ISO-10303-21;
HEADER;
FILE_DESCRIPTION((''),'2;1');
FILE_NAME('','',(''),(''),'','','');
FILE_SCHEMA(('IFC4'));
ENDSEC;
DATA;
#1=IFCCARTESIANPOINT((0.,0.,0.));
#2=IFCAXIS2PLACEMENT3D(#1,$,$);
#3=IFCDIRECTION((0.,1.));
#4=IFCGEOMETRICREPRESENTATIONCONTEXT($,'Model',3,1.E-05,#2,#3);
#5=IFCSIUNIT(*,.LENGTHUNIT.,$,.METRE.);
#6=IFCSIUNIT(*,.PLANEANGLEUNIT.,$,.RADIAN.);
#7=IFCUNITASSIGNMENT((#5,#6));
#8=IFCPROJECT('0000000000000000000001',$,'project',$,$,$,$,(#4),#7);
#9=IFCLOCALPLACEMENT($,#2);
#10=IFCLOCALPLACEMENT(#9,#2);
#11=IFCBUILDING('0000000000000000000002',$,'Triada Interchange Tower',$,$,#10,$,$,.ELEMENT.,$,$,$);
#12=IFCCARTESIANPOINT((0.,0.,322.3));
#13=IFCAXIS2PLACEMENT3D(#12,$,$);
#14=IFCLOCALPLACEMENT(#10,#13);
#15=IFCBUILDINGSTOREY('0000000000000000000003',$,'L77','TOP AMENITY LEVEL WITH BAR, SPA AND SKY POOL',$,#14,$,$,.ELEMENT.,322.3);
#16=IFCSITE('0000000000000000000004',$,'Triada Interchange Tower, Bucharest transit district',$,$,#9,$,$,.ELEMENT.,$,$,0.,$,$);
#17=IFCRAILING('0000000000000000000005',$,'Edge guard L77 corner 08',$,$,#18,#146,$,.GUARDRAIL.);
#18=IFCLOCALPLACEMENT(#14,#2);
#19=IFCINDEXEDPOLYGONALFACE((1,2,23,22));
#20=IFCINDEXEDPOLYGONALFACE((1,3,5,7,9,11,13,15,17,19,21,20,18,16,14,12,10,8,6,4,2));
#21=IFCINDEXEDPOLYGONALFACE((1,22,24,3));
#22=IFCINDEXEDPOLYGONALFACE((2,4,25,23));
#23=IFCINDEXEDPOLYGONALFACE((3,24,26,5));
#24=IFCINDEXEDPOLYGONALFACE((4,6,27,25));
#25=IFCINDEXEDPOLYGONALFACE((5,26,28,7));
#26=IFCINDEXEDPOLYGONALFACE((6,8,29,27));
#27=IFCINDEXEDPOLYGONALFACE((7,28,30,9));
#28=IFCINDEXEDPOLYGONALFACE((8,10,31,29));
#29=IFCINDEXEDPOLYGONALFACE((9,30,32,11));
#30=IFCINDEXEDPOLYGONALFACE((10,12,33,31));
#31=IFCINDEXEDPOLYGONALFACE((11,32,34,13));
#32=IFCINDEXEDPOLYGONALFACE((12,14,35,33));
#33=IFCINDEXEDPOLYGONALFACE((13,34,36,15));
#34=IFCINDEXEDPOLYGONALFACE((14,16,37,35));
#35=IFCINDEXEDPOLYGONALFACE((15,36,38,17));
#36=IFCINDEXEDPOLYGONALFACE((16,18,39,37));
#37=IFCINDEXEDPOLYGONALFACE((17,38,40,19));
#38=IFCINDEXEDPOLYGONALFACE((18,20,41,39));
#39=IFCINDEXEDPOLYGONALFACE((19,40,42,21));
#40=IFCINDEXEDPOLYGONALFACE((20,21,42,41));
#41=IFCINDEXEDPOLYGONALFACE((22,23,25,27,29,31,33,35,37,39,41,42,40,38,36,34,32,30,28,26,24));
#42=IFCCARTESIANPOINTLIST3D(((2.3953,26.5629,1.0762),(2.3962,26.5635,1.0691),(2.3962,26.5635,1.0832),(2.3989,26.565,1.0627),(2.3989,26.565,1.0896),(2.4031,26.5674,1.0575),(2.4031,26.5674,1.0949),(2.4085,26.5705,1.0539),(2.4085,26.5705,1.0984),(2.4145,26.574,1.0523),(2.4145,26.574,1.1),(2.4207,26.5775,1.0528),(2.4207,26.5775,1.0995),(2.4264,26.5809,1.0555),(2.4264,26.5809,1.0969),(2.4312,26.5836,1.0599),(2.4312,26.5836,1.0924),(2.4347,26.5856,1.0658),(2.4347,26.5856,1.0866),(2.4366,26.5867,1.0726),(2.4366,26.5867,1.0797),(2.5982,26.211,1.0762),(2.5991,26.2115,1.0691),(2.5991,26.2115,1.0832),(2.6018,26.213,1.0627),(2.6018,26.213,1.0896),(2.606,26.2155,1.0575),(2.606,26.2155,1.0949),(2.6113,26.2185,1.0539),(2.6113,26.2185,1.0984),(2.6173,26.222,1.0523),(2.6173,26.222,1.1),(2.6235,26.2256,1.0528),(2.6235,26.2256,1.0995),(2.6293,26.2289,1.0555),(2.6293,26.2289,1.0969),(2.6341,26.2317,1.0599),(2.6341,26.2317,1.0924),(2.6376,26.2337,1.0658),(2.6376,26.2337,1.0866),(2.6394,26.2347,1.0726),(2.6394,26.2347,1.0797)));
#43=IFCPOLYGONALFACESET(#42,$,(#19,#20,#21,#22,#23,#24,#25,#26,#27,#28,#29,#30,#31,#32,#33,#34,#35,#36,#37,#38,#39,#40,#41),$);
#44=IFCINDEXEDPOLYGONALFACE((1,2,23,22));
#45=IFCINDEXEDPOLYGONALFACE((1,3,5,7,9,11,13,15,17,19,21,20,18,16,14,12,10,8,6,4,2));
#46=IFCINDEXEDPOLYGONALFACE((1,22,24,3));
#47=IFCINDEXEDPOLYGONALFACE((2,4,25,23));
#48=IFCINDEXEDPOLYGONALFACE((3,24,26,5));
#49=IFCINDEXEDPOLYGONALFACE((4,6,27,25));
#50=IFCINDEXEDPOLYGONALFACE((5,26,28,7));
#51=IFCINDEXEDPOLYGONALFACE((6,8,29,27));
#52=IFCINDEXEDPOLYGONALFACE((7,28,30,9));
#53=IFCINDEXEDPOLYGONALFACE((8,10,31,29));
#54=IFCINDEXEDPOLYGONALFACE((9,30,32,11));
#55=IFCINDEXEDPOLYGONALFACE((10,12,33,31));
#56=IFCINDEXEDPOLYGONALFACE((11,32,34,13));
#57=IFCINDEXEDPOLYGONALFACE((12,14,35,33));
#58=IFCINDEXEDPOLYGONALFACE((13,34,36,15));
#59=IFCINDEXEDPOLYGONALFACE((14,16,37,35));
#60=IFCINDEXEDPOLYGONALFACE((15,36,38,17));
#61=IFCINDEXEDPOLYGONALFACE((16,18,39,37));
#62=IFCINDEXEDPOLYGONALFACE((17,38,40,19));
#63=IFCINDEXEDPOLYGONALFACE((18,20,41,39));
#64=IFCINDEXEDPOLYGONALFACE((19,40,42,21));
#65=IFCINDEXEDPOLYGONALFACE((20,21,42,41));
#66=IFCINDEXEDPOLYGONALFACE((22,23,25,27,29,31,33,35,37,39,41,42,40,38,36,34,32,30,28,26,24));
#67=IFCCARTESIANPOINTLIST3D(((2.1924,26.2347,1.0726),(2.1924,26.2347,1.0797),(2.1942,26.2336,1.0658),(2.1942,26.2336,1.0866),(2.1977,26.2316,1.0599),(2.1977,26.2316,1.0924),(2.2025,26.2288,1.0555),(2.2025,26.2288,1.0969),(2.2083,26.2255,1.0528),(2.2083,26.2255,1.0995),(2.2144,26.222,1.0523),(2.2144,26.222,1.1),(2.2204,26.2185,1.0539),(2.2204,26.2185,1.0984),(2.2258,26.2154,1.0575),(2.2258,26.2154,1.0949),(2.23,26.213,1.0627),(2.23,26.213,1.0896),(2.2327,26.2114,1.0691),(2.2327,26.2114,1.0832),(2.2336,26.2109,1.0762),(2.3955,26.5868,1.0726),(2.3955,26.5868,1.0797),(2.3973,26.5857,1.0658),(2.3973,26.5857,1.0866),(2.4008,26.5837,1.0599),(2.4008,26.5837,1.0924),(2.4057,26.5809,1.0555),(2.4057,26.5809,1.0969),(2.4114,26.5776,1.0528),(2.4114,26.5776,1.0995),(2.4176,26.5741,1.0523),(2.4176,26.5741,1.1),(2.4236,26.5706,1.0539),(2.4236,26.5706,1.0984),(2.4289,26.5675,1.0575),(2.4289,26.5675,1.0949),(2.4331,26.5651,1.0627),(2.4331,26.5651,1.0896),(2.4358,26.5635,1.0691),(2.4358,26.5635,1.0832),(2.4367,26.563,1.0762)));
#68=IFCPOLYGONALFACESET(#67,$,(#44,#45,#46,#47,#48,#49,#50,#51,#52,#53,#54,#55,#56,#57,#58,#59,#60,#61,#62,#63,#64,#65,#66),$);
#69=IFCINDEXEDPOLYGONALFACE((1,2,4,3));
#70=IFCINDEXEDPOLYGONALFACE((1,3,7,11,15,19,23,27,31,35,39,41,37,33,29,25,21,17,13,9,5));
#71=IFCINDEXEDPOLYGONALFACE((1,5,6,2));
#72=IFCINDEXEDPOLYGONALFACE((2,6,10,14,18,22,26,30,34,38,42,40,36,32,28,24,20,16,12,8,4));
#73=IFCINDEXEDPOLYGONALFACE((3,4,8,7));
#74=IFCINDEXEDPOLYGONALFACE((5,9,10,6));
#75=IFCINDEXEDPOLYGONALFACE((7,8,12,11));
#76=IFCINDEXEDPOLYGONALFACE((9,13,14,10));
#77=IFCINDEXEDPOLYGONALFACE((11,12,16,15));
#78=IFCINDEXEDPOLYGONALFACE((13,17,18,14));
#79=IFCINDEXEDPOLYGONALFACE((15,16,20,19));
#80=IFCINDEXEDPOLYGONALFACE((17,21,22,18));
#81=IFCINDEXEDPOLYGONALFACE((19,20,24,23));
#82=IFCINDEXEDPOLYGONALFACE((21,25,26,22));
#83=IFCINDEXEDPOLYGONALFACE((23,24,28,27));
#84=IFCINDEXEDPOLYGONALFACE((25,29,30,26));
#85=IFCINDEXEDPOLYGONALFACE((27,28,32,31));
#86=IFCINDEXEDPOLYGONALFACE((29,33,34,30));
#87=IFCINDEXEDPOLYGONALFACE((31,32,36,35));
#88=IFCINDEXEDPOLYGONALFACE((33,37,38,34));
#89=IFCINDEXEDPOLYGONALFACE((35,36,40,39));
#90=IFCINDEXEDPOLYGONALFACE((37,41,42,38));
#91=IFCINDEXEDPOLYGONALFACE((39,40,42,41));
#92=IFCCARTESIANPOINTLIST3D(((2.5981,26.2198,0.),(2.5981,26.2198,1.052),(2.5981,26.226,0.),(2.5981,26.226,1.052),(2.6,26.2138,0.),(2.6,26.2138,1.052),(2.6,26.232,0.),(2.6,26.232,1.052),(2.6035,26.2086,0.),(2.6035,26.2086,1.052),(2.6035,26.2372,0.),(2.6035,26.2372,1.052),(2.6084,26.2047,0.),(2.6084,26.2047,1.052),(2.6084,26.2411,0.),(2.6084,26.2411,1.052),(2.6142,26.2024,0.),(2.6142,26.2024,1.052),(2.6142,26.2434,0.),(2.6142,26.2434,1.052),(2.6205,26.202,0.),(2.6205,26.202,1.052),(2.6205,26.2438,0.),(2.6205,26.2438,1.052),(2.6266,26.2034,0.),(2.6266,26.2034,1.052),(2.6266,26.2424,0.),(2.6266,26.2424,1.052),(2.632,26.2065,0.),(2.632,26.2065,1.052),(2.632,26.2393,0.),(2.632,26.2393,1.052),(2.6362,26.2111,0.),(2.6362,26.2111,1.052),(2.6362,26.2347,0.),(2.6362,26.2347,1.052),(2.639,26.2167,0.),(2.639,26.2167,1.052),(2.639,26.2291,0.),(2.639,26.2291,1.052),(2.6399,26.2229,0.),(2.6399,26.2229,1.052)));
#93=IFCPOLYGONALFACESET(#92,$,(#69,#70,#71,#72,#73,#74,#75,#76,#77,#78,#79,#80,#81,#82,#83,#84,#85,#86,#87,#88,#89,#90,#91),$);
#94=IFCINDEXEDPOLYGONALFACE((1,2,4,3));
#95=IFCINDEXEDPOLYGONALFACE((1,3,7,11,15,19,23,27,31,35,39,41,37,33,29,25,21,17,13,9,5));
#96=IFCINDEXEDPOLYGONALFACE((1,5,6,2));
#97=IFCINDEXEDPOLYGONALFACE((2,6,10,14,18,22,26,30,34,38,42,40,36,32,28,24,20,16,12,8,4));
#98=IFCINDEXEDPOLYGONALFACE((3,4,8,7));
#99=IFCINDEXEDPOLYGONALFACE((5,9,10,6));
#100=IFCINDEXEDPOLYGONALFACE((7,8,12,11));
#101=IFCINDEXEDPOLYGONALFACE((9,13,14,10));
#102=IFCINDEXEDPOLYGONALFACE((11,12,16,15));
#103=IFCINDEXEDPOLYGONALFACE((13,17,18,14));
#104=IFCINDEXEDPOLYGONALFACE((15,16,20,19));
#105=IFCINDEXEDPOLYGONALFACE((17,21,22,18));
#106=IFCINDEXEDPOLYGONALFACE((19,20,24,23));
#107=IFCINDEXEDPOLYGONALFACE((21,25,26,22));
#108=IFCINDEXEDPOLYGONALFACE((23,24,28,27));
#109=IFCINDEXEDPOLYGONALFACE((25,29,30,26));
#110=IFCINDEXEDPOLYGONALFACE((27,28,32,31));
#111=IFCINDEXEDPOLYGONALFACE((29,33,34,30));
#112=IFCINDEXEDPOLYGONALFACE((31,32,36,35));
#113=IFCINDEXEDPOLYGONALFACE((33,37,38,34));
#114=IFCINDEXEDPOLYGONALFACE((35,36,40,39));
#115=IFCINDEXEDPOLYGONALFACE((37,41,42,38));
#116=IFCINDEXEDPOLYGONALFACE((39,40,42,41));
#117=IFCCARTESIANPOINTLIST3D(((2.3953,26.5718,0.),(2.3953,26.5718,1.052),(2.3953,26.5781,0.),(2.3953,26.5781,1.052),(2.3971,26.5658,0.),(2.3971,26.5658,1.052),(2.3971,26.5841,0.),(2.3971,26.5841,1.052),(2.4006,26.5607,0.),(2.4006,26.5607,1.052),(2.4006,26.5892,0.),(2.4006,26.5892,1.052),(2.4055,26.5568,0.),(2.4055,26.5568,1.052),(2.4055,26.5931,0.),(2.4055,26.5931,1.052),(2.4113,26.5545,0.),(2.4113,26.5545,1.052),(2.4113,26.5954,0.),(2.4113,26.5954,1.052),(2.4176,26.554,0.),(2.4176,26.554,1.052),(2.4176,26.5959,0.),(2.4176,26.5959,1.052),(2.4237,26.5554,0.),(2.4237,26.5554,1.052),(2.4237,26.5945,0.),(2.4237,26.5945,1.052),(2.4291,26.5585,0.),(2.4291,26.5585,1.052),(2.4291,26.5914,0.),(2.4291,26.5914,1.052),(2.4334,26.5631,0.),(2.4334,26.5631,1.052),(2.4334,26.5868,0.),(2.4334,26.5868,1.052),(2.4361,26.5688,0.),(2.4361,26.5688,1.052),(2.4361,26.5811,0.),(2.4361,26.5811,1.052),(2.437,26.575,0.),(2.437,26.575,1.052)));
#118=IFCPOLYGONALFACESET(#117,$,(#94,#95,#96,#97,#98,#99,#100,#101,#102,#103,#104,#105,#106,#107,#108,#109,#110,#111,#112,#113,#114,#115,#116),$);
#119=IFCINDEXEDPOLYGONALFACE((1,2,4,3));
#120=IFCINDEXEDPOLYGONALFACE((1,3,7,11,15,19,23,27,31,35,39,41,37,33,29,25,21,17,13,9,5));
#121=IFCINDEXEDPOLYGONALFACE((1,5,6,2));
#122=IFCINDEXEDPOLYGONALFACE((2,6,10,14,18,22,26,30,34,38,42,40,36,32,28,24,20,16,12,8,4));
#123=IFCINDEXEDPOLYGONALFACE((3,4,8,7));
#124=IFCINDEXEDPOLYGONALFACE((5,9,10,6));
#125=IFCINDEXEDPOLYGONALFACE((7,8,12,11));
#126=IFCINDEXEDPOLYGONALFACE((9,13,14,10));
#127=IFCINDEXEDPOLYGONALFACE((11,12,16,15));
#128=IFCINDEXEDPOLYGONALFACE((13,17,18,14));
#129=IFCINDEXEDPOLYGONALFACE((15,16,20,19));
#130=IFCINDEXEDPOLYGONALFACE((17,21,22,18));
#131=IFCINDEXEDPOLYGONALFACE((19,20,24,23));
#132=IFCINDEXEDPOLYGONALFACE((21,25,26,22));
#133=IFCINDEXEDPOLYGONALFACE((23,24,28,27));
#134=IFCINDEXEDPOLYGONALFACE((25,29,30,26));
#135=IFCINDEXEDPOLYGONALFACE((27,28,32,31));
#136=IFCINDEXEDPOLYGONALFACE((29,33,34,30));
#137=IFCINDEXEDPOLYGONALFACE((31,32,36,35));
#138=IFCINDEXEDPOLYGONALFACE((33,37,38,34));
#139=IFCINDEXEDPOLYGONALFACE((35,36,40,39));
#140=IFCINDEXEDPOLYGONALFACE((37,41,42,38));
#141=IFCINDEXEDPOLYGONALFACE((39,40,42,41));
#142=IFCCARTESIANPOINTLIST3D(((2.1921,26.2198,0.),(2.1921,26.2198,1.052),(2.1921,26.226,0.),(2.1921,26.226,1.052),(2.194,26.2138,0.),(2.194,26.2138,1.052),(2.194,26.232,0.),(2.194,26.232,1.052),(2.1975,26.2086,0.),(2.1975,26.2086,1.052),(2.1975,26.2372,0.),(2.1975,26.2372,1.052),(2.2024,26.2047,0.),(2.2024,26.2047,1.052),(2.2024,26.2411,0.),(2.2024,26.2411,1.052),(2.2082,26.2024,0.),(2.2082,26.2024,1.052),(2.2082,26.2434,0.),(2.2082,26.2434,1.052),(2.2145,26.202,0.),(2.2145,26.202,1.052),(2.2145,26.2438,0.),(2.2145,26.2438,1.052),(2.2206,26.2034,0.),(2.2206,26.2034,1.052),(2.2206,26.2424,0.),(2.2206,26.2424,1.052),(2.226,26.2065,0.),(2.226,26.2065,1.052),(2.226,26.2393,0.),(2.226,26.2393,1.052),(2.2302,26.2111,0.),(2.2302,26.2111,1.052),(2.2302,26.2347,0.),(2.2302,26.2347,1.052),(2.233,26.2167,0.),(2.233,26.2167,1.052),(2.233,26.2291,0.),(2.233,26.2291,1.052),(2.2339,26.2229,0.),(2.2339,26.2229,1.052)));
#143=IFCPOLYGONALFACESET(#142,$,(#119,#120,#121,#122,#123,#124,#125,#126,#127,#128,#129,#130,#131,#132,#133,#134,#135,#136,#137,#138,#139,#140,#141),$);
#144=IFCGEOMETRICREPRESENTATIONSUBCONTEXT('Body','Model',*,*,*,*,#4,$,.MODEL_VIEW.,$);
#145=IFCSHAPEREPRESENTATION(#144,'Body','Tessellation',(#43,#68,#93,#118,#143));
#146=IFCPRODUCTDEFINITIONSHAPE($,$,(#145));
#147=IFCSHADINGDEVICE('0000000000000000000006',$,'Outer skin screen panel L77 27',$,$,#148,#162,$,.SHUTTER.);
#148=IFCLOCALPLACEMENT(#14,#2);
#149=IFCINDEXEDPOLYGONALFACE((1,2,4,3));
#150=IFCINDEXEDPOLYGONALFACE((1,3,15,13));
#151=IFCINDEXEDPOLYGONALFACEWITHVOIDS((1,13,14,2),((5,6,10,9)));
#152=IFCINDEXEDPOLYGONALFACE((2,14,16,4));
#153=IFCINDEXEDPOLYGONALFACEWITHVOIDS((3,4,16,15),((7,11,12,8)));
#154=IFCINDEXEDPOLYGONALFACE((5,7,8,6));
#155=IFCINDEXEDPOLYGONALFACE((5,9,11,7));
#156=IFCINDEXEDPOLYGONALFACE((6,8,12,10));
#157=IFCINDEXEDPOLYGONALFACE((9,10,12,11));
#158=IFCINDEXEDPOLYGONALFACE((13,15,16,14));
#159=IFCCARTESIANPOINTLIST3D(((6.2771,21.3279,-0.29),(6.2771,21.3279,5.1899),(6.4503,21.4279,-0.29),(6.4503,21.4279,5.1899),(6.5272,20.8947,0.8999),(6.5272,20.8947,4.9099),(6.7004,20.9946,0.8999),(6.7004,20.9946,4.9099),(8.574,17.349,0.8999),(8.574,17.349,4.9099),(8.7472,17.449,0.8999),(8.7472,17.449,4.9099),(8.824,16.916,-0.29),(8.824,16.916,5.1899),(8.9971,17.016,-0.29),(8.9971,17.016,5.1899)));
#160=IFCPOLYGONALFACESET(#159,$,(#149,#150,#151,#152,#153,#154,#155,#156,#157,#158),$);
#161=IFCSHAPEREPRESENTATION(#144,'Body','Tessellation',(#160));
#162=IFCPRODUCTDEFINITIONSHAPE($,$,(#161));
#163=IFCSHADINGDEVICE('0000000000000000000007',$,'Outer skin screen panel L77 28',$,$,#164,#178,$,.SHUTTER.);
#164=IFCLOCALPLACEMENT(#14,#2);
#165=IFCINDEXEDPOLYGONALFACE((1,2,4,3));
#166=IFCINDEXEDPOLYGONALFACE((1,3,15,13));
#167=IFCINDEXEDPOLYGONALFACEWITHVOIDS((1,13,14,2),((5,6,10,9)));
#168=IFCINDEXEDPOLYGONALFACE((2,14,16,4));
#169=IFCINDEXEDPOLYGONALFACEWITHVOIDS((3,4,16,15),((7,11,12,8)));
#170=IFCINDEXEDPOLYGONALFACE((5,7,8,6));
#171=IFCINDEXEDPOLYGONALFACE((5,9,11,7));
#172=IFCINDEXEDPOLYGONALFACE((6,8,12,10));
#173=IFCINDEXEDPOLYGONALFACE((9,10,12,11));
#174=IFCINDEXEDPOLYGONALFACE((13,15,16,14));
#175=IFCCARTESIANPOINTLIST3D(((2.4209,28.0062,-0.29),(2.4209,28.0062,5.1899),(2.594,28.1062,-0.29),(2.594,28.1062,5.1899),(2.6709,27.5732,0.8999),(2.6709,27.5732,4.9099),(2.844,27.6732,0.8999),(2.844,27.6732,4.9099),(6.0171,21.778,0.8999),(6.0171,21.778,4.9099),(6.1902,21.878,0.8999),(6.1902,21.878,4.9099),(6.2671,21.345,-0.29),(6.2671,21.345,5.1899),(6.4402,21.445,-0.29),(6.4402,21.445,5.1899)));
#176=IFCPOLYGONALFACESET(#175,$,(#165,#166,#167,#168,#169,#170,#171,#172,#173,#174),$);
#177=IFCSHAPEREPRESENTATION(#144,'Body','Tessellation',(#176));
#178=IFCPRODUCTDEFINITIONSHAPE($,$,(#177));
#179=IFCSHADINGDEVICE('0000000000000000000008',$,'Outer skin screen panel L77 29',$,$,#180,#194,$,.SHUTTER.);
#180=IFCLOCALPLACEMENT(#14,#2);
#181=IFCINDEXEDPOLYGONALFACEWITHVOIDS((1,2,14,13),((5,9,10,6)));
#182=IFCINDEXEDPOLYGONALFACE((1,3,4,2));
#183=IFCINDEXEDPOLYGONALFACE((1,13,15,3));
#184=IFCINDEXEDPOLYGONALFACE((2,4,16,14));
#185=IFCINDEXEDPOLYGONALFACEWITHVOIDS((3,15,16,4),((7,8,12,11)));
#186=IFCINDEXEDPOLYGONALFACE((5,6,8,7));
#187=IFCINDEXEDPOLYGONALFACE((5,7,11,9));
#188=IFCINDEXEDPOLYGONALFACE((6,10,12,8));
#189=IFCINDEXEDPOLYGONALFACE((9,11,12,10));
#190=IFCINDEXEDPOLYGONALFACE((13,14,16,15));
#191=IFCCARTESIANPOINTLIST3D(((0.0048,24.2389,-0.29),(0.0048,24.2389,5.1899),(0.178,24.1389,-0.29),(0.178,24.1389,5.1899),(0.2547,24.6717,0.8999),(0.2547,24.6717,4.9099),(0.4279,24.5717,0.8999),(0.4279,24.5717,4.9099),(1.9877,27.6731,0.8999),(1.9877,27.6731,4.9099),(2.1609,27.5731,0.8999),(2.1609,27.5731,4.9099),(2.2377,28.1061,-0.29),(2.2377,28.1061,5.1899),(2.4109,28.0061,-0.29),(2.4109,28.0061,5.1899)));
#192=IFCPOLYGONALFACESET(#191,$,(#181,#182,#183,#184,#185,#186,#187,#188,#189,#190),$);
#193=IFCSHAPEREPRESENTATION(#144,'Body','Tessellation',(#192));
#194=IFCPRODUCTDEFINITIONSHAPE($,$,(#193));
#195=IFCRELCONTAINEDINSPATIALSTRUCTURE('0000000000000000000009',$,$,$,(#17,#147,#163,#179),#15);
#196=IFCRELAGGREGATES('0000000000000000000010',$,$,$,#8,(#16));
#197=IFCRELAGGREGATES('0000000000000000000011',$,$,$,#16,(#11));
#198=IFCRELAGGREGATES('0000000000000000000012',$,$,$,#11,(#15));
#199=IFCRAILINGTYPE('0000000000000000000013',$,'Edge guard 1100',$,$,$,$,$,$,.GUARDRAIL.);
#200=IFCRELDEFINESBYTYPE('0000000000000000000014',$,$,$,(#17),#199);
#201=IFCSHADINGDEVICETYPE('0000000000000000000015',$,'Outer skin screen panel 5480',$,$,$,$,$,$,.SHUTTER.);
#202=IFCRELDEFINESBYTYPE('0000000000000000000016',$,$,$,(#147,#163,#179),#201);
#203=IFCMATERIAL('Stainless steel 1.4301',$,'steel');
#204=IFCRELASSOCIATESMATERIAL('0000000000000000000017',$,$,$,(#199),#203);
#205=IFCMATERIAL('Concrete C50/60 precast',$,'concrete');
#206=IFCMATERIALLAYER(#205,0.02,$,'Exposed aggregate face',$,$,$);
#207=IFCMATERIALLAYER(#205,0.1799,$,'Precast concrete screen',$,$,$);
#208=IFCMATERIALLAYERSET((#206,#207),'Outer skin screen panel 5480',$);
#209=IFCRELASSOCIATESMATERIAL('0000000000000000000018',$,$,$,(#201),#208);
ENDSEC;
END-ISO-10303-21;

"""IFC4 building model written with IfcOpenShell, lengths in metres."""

from ifc_helpers import new_model, si_unit, direction, frame, origin, origin_2d, place, context, subcontext, project, spatial, polyline, circle, outline, extrude, material, layer, layer_set, type_object, element, save


model = new_model("IFC4")

# Units and contexts
model_context = context("Model", 3, precision=1e-05, world=origin(), true_north=direction((0.0, 1.0)))
body_context = subcontext(model_context, "Body", "Model", "MODEL_VIEW")
ifc_project = project(units=[si_unit("LENGTHUNIT", "METRE"), si_unit("PLANEANGLEUNIT", "RADIAN")], contexts=[model_context])

# Site, building, storey
site_placement = place(None, origin())
site = spatial("IfcSite", under=ifc_project, at=site_placement, Name="Triada Interchange Tower, Bucharest transit district", CompositionType="ELEMENT", RefElevation=0.0)
building_placement = place(site_placement, origin())
building = spatial("IfcBuilding", under=site, at=building_placement, Name="Triada Interchange Tower", CompositionType="ELEMENT")
storey_placement = place(building_placement, frame((0.0, 0.0, 322.3)))
storey = spatial("IfcBuildingStorey", under=building, at=storey_placement, Name="L77", Description="TOP AMENITY LEVEL WITH BAR, SPA AND SKY POOL", CompositionType="ELEMENT", Elevation=322.3)

# Railing
ifc_material_1 = material(Name="Stainless steel 1.4301", Category="steel")
railing_type = type_object("IfcRailingType", Name="Edge guard 1100", PredefinedType="GUARDRAIL", material=ifc_material_1)
railing_placement = place(storey_placement, frame((2.6189, 26.2229, 0.0)))
element("IfcRailing", 1, at=railing_placement, inside=storey, type_object=railing_type, Name="Edge guard L77 corner 08", PredefinedType="GUARDRAIL", context=body_context, shape_type="SweptSolid", body=[
    extrude(circle(Radius=0.0239, at=origin_2d()), frame((0.0, 0.0, 1.0762), z_axis=(-0.499306, 0.866426, 0.0), x_axis=(-0.866426, -0.499306, 0.0)), (0.0, 0.0, 1.0), 0.4062),
    extrude(circle(Radius=0.0239, at=origin_2d()), frame((-0.2029, 0.3521, 1.0762), z_axis=(-0.499757, -0.866166, 0.0), x_axis=(0.866166, -0.499757, 0.0)), (0.0, 0.0, 1.0), 0.4065),
    extrude(circle(Radius=0.021, at=origin_2d()), origin(), (0.0, 0.0, 1.0), 1.052),
    extrude(circle(Radius=0.021, at=origin_2d()), frame((-0.2029, 0.3521, 0.0)), (0.0, 0.0, 1.0), 1.052),
    extrude(circle(Radius=0.021, at=origin_2d()), frame((-0.406, 0.0, 0.0)), (0.0, 0.0, 1.0), 1.052),
])

# Shading devices
ifc_material_2 = material(Name="Concrete C50/60 precast", Category="concrete")
ifc_layer_1 = layer(ifc_material_2, 0.02, Name="Exposed aggregate face")
ifc_layer_2 = layer(ifc_material_2, 0.1799, Name="Precast concrete screen")
ifc_layer_set_1 = layer_set([ifc_layer_1, ifc_layer_2], Name="Outer skin screen panel 5480")
shading_device_type = type_object("IfcShadingDeviceType", Name="Outer skin screen panel 5480", PredefinedType="SHUTTER", material=ifc_layer_set_1)
shading_device_1_placement = place(storey_placement, frame((8.824, 16.916, -0.29), z_axis=(0.0, 0.0, 1.0), x_axis=(-0.499953, 0.866052, 0.0)))
element("IfcShadingDevice", 2, at=shading_device_1_placement, inside=storey, type_object=shading_device_type, Name="Outer skin screen panel L77 27", PredefinedType="SHUTTER", context=body_context, shape_type="SweptSolid", body=[
    extrude(outline(polyline([(0.0, 0.0), (5.0942, 0.0), (5.0942, 5.48), (0.0, 5.48), (0.0, 0.0)]), holes=[polyline([(0.5, 1.1899), (0.5, 5.2), (4.594, 5.2), (4.594, 1.1899), (0.5, 1.1899)])]), frame((0.0, 0.0, 0.0), z_axis=(0.0, -1.0, 0.0), x_axis=(1.0, 0.0, 0.0)), (0.0, 0.0, 1.0), 0.2),
])
shading_device_2_placement = place(storey_placement, frame((6.2671, 21.345, -0.29), z_axis=(0.0, 0.0, 1.0), x_axis=(-0.500037, 0.866004, 0.0)))
element("IfcShadingDevice", 3, at=shading_device_2_placement, inside=storey, type_object=shading_device_type, Name="Outer skin screen panel L77 28", PredefinedType="SHUTTER", context=body_context, shape_type="SweptSolid", body=[
    extrude(outline(polyline([(0.0, 0.0), (7.6919, 0.0), (7.6919, 5.48), (0.0, 5.48), (0.0, 0.0)]), holes=[polyline([(0.5, 1.1899), (0.5, 5.2), (7.1919, 5.2), (7.1919, 1.1899), (0.5, 1.1899)])]), frame((0.0, 0.0, 0.0), z_axis=(0.0, -1.0, 0.0), x_axis=(1.0, 0.0, 0.0)), (0.0, 0.0, 1.0), 0.2),
])
shading_device_3_placement = place(storey_placement, frame((2.4109, 28.0061, -0.29), z_axis=(0.0, 0.0, 1.0), x_axis=(-0.500032, -0.866007, 0.0)))
element("IfcShadingDevice", 4, at=shading_device_3_placement, inside=storey, type_object=shading_device_type, Name="Outer skin screen panel L77 29", PredefinedType="SHUTTER", context=body_context, shape_type="SweptSolid", body=[
    extrude(outline(polyline([(0.0, 0.0), (4.4656, 0.0), (4.4656, 5.48), (0.0, 5.48), (0.0, 0.0)]), holes=[polyline([(0.5, 1.1899), (0.5, 5.2), (3.9658, 5.2), (3.9658, 1.1899), (0.5, 1.1899)])]), frame((0.0, 0.0, 0.0), z_axis=(0.0, -1.0, 0.0), x_axis=(1.0, 0.0, 0.0)), (0.0, 0.0, 1.0), 0.2),
])

save(model, "model.ifc")
